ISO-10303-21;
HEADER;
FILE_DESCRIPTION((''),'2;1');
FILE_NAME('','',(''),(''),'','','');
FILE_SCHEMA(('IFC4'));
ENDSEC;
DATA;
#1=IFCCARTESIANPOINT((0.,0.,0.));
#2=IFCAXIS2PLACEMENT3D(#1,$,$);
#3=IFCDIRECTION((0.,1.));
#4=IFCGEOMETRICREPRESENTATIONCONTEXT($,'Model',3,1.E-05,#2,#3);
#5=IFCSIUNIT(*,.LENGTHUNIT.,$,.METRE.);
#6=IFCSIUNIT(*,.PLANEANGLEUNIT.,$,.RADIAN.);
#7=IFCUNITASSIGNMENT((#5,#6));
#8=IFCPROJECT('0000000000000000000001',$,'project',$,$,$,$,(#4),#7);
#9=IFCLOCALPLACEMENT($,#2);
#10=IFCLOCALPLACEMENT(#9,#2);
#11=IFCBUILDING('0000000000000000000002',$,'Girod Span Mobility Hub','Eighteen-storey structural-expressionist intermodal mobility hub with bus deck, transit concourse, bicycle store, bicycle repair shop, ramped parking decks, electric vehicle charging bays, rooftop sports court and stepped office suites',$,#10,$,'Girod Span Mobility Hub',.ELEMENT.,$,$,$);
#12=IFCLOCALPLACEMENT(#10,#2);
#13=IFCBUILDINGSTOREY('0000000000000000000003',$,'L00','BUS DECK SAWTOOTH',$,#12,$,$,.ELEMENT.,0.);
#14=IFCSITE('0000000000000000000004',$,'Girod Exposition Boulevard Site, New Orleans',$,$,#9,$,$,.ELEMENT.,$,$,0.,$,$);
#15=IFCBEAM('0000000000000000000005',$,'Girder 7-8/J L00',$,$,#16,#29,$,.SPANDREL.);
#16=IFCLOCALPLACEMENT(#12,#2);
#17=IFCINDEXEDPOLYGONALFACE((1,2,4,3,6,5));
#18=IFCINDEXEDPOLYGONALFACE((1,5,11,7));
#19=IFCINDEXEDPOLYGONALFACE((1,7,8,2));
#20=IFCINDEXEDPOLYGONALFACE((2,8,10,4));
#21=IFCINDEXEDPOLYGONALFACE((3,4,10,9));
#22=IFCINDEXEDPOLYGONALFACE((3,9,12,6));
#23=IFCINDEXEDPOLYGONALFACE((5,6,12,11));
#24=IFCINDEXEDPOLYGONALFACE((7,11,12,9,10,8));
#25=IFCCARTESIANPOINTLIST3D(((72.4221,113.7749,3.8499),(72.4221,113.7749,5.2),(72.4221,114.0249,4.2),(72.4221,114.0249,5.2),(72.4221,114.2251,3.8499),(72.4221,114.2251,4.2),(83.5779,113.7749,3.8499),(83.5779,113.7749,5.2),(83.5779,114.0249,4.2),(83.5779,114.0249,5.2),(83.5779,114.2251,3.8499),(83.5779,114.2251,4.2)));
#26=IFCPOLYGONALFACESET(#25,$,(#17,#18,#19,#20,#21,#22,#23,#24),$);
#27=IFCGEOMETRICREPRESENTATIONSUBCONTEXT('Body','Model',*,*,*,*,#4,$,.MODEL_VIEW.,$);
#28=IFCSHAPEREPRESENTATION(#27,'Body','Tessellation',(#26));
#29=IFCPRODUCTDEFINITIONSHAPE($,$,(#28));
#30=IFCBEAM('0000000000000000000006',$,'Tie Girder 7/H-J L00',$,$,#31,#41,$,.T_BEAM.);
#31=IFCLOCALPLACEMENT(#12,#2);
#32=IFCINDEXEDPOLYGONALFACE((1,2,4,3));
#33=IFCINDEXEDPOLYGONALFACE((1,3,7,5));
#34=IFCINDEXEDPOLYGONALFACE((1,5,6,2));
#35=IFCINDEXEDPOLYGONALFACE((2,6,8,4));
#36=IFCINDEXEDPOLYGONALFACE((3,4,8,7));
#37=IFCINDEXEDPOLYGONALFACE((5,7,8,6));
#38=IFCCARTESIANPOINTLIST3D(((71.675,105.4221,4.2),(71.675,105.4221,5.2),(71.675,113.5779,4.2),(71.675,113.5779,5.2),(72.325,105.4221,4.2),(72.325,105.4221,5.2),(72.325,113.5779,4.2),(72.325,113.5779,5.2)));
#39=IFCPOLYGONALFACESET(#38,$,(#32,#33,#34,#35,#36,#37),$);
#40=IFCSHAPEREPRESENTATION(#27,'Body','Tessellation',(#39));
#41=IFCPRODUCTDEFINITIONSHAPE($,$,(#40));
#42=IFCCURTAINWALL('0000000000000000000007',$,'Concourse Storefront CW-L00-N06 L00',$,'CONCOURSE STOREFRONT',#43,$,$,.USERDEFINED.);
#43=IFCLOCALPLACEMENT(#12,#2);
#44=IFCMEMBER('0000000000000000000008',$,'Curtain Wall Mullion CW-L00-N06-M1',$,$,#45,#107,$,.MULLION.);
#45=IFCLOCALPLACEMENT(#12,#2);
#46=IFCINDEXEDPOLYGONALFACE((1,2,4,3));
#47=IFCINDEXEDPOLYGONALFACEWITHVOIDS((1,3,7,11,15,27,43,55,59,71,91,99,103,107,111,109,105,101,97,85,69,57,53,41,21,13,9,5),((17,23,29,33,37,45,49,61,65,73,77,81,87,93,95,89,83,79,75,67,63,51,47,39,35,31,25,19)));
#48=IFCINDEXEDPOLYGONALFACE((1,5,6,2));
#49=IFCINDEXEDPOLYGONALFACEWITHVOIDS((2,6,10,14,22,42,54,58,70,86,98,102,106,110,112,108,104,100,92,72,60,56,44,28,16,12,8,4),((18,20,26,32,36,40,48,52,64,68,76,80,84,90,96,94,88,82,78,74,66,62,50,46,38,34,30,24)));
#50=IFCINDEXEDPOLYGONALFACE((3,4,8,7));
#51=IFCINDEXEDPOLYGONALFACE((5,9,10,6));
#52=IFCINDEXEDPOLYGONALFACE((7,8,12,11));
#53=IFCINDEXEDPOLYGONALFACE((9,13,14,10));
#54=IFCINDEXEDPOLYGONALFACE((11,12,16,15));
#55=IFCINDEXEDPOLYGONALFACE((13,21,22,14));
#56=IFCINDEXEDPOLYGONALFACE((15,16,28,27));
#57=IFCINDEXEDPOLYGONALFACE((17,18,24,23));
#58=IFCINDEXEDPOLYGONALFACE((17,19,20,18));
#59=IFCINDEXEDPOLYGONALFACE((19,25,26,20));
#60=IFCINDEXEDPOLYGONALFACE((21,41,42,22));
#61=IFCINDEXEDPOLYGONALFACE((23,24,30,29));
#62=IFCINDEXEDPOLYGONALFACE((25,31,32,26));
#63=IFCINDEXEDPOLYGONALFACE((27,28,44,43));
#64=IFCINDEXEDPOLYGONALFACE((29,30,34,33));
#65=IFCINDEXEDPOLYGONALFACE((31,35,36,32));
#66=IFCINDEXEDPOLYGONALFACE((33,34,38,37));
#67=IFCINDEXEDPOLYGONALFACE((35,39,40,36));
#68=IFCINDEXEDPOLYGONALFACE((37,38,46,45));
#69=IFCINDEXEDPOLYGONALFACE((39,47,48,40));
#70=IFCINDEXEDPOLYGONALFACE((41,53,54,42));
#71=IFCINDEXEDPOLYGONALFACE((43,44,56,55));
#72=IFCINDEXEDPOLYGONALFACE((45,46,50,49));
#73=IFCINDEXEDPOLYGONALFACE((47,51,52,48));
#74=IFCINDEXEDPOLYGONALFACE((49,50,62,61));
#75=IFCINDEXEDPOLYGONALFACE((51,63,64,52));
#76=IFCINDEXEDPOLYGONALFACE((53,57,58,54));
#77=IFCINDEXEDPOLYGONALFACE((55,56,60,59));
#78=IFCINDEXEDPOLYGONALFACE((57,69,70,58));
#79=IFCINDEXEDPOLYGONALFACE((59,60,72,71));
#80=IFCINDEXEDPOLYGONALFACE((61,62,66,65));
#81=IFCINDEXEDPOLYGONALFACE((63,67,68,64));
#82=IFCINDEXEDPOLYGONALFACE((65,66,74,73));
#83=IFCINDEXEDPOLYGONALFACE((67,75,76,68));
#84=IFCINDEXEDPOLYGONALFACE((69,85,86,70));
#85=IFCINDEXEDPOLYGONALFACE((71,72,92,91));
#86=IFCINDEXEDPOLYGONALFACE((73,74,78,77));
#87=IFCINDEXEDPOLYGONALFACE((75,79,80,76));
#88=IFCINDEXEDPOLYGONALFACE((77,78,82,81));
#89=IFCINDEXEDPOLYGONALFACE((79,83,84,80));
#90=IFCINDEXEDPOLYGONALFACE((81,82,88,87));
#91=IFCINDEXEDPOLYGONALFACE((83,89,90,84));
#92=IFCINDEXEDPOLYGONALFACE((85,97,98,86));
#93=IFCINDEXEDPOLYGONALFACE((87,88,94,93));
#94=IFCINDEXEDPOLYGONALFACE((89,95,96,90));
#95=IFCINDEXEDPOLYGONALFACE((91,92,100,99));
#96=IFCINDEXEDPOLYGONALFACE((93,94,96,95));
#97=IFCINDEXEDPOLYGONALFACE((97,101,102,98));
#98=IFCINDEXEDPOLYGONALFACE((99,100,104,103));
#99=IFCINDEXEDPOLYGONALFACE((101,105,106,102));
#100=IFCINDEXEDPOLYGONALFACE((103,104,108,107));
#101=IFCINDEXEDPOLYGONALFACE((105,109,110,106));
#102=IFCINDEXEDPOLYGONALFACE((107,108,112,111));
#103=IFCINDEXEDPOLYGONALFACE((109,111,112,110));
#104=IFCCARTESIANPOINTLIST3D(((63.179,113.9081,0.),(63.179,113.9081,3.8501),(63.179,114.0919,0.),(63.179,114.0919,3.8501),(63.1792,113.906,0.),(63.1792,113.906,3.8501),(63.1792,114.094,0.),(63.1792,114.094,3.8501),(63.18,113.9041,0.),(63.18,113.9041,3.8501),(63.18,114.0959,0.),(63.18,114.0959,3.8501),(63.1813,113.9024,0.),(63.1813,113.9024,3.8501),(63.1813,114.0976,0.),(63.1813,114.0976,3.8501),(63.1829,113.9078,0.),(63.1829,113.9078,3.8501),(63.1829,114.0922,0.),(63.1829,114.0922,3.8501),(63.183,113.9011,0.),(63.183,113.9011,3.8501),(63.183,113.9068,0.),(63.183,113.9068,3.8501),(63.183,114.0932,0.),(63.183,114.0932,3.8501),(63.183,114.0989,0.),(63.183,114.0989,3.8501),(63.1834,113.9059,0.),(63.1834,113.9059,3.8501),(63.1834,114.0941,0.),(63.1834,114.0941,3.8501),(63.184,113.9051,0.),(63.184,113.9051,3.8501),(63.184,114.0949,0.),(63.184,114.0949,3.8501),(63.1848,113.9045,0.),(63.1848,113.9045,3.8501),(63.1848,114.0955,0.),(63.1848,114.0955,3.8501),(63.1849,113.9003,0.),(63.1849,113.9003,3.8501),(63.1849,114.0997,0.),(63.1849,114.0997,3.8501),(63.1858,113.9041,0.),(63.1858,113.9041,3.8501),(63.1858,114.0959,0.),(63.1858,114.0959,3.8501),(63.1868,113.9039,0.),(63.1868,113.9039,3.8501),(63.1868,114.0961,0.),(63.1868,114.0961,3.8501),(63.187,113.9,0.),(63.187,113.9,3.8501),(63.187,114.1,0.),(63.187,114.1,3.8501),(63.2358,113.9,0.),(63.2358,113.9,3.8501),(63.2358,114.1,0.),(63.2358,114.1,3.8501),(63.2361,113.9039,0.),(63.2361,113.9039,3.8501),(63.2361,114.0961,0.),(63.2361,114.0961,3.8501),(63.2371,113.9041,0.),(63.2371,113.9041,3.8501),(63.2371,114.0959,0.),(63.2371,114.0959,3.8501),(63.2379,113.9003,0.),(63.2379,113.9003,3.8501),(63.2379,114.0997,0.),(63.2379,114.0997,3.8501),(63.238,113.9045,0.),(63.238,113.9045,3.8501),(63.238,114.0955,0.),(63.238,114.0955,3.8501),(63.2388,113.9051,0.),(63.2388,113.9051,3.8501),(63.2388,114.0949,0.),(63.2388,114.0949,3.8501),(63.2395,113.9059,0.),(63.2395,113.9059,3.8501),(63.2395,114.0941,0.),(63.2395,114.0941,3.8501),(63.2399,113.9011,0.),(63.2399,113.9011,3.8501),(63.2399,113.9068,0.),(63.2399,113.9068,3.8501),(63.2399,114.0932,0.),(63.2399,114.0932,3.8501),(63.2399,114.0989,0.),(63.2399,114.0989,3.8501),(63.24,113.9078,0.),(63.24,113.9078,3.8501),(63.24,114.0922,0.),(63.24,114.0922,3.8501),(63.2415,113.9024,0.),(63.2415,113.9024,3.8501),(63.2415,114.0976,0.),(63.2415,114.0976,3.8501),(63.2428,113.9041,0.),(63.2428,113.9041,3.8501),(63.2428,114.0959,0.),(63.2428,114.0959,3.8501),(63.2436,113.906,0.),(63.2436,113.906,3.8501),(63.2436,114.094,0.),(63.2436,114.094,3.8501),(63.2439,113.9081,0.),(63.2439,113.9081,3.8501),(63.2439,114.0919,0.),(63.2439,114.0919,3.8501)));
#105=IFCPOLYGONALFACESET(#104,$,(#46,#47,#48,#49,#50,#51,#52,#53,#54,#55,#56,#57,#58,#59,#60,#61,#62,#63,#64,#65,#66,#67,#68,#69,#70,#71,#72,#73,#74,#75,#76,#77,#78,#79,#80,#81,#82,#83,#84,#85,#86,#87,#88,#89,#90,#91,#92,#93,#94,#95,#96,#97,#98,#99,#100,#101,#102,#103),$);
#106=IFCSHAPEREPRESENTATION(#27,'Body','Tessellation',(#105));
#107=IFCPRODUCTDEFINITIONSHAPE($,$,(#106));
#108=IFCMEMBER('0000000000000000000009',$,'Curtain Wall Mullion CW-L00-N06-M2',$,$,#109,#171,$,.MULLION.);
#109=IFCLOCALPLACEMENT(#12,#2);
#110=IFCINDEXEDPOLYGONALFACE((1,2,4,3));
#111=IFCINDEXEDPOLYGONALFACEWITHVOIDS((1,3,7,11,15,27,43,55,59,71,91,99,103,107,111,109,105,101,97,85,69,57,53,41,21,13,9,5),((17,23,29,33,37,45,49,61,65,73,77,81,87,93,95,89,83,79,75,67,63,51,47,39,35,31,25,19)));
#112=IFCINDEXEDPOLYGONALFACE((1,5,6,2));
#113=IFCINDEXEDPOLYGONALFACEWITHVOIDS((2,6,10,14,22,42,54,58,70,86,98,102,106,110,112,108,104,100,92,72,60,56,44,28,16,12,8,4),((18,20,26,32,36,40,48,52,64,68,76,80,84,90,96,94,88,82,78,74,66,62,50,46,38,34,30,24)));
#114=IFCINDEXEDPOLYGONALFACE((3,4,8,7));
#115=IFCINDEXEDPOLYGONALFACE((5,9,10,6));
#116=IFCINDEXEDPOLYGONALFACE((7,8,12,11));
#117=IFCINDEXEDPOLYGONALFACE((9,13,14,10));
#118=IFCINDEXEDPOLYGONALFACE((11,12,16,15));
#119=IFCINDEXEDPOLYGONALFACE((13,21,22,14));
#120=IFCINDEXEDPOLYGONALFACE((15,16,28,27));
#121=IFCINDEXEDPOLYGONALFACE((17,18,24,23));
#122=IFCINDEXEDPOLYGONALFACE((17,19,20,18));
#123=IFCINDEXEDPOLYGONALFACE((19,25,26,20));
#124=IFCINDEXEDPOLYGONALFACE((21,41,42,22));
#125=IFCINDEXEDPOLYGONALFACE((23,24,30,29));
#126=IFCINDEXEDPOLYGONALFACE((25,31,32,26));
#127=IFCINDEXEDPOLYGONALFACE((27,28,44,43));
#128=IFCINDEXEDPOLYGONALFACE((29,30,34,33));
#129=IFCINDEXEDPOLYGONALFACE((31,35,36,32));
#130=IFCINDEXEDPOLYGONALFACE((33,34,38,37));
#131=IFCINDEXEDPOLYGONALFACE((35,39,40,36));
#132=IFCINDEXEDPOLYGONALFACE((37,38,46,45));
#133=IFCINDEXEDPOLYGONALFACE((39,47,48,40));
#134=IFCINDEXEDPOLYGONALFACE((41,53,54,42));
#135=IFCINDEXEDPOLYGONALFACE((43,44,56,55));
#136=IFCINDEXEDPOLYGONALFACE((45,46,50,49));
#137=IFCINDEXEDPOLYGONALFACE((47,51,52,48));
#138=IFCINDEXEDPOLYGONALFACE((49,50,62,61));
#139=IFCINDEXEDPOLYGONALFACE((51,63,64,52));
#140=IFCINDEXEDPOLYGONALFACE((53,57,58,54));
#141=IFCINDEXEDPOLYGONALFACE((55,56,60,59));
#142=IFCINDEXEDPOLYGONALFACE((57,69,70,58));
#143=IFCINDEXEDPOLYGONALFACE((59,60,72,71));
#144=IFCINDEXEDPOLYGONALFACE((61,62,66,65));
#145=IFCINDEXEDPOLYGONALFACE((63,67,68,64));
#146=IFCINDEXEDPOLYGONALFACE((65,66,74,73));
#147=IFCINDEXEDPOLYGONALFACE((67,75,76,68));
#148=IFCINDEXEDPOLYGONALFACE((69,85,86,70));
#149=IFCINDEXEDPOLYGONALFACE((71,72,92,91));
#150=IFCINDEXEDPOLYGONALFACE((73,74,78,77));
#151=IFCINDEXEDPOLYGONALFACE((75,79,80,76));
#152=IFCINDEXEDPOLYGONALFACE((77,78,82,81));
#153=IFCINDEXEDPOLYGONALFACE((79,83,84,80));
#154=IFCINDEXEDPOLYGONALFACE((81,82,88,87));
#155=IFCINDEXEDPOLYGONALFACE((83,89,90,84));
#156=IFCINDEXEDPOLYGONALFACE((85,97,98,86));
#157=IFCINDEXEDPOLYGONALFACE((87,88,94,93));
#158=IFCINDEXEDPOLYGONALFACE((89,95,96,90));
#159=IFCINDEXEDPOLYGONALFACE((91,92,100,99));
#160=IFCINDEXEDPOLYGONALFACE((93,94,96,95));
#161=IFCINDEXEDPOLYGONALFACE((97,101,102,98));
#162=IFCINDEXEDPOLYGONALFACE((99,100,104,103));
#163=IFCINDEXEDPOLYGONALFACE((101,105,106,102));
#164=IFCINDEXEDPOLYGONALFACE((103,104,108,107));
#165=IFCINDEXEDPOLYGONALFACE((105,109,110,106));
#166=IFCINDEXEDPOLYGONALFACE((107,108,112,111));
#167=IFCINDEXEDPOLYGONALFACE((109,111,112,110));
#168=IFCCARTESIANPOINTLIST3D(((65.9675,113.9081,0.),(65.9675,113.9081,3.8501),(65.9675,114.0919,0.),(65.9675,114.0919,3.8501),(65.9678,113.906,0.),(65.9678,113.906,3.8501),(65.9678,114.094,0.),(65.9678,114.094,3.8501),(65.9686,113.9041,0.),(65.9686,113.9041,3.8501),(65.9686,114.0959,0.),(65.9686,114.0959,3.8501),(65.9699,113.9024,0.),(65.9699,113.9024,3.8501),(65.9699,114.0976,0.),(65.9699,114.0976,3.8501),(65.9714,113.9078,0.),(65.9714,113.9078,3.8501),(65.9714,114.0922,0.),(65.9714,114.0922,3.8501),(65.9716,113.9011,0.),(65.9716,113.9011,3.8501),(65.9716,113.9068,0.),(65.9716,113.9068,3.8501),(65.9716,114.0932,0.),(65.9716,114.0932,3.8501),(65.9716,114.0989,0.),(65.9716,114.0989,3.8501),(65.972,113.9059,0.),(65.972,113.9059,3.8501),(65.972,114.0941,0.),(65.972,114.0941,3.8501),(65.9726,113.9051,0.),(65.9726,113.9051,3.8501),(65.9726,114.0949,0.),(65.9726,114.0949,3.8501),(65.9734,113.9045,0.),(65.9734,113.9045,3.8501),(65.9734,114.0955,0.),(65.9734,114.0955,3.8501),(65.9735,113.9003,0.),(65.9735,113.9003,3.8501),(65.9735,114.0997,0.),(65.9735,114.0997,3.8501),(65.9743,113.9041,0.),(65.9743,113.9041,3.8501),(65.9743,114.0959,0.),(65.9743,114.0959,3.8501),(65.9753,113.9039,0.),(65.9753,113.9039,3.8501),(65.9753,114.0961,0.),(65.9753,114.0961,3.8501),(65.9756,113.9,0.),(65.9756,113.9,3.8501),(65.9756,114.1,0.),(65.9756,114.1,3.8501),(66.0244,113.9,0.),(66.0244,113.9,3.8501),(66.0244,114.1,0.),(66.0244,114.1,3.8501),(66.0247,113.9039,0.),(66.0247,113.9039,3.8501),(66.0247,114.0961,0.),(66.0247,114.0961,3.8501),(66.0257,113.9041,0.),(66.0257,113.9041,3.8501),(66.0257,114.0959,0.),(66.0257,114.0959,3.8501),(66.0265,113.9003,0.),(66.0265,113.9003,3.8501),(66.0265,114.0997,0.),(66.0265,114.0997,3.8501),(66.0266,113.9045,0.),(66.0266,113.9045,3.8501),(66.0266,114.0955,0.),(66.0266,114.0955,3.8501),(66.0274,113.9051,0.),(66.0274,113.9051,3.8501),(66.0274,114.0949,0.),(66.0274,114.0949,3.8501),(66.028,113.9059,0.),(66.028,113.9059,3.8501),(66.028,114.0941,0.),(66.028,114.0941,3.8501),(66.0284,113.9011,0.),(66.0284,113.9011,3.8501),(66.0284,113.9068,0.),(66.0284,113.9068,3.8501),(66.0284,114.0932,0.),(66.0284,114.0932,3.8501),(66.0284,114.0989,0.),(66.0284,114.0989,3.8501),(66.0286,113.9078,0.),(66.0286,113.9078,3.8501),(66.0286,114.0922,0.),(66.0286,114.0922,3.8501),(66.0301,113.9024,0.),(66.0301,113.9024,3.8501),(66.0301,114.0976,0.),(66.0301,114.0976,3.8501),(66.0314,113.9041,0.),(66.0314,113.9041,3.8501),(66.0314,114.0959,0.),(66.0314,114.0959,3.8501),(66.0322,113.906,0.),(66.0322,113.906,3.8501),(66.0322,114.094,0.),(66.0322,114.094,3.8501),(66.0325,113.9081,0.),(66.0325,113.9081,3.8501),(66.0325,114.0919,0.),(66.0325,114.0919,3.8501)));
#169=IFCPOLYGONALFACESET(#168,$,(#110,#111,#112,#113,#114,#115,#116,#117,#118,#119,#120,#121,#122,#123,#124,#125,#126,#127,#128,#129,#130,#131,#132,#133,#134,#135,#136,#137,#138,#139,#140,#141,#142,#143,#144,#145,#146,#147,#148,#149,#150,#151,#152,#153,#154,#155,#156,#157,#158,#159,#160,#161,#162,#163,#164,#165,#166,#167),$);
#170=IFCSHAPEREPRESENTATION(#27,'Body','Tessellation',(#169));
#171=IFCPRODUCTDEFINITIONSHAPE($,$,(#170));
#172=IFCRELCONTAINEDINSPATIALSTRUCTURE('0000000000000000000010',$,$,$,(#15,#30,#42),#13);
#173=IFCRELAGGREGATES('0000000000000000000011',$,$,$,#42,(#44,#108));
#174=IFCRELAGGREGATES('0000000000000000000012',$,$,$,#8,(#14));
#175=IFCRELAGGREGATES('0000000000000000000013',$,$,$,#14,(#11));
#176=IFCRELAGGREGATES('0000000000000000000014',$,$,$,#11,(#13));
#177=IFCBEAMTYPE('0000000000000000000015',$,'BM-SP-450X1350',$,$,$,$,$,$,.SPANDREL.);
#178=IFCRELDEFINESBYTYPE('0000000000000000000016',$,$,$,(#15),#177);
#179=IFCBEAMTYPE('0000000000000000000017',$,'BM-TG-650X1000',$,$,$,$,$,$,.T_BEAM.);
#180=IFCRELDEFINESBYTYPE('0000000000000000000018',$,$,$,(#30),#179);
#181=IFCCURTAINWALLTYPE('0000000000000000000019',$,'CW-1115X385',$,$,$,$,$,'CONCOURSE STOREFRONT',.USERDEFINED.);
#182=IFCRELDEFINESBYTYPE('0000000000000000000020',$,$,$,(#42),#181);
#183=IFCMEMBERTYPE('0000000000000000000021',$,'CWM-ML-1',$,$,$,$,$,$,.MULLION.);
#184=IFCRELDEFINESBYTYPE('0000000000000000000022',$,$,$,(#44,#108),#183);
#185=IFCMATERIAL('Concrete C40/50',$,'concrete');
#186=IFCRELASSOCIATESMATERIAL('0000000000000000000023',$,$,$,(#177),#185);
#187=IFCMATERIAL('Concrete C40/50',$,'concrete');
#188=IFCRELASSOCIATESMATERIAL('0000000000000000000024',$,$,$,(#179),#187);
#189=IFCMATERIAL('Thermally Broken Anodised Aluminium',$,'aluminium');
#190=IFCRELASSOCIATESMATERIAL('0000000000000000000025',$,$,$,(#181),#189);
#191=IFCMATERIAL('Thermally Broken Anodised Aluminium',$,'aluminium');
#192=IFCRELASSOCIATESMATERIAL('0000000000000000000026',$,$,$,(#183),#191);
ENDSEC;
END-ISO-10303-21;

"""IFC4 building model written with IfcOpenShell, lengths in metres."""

from ifc_helpers import new_model, si_unit, direction, frame, origin, origin_2d, place, context, subcontext, project, spatial, polyline, rectangle, hollow_rectangle, outline, extrude, material, material_profile, profile_set, type_object, element, aggregate, save


model = new_model("IFC4")

# Units and contexts
model_context = context("Model", 3, precision=1e-05, world=origin(), true_north=direction((0.0, 1.0)))
body_context = subcontext(model_context, "Body", "Model", "MODEL_VIEW")
ifc_project = project(units=[si_unit("LENGTHUNIT", "METRE"), si_unit("PLANEANGLEUNIT", "RADIAN")], contexts=[model_context])

# Site, building, storey
site_placement = place(None, origin())
site = spatial("IfcSite", under=ifc_project, at=site_placement, Name="Girod Exposition Boulevard Site, New Orleans", CompositionType="ELEMENT", RefElevation=0.0)
building_placement = place(site_placement, origin())
building = spatial("IfcBuilding", under=site, at=building_placement, Name="Girod Span Mobility Hub", Description="Eighteen-storey structural-expressionist intermodal mobility hub with bus deck, transit concourse, bicycle store, bicycle repair shop, ramped parking decks, electric vehicle charging bays, rooftop sports court and stepped office suites", LongName="Girod Span Mobility Hub", CompositionType="ELEMENT")
storey_placement = place(building_placement, origin())
storey = spatial("IfcBuildingStorey", under=building, at=storey_placement, Name="L00", Description="BUS DECK SAWTOOTH", CompositionType="ELEMENT", Elevation=0.0)

# Beams
ifc_material_1 = material(Name="Concrete C40/50", Category="concrete")
ifc_material_profile_1 = material_profile(ifc_material_1, outline(polyline([(-0.2251, -0.675), (0.2251, -0.675), (0.2251, -0.325), (0.0249, -0.325), (0.0249, 0.675), (-0.2251, 0.675), (-0.2251, -0.675)])), Name="SP-450X1350")
ifc_profile_set_1 = profile_set([ifc_material_profile_1], Name="Concrete C40/50")
beam_type_1 = type_object("IfcBeamType", Name="BM-SP-450X1350", PredefinedType="SPANDREL", material=ifc_profile_set_1)
beam_1_placement = place(storey_placement, frame((72.4221, 114.0, 4.5249), z_axis=(1.0, 0.0, 0.0), x_axis=(0.0, 1.0, 0.0)))
element("IfcBeam", 1, at=beam_1_placement, inside=storey, type_object=beam_type_1, Name="Girder 7-8/J L00", PredefinedType="SPANDREL", context=body_context, shape_type="SweptSolid", body=[
    extrude(outline(polyline([(-0.2251, -0.675), (0.2251, -0.675), (0.2251, -0.325), (0.0249, -0.325), (0.0249, 0.675), (-0.2251, 0.675), (-0.2251, -0.675)])), origin(), (0.0, 0.0, 1.0), 11.1558),
])
ifc_material_2 = material(Name="Concrete C40/50", Category="concrete")
ifc_material_profile_2 = material_profile(ifc_material_2, rectangle(XDim=0.6499, YDim=1.0, at=origin_2d()), Name="TG-650X1000")
ifc_profile_set_2 = profile_set([ifc_material_profile_2], Name="Concrete C40/50")
beam_type_2 = type_object("IfcBeamType", Name="BM-TG-650X1000", PredefinedType="T_BEAM", material=ifc_profile_set_2)
beam_2_placement = place(storey_placement, frame((72.0, 105.4221, 4.7), z_axis=(0.0, 1.0, 0.0), x_axis=(-1.0, 0.0, 0.0)))
element("IfcBeam", 2, at=beam_2_placement, inside=storey, type_object=beam_type_2, Name="Tie Girder 7/H-J L00", PredefinedType="T_BEAM", context=body_context, shape_type="SweptSolid", body=[
    extrude(rectangle(XDim=0.6499, YDim=1.0, at=origin_2d()), origin(), (0.0, 0.0, 1.0), 8.1558),
])

# Curtain wall, members
ifc_material_3 = material(Name="Thermally Broken Anodised Aluminium", Category="aluminium")
curtain_wall_type = type_object("IfcCurtainWallType", Name="CW-1115X385", ElementType="CONCOURSE STOREFRONT", PredefinedType="USERDEFINED", material=ifc_material_3)
curtain_wall_placement = place(storey_placement, origin())
curtain_wall = element("IfcCurtainWall", 3, at=curtain_wall_placement, inside=storey, type_object=curtain_wall_type, Name="Concourse Storefront CW-L00-N06 L00", ObjectType="CONCOURSE STOREFRONT", PredefinedType="USERDEFINED")
ifc_material_4 = material(Name="Thermally Broken Anodised Aluminium", Category="aluminium")
ifc_material_profile_3 = material_profile(ifc_material_4, hollow_rectangle(XDim=0.2, YDim=0.0649, WallThickness=0.0039, InnerFilletRadius=0.0039, OuterFilletRadius=0.0081, at=origin_2d()), Name="CW-ML-65X200")
ifc_profile_set_3 = profile_set([ifc_material_profile_3], Name="Thermally Broken Anodised Aluminium")
member_type = type_object("IfcMemberType", Name="CWM-ML-1", PredefinedType="MULLION", material=ifc_profile_set_3)
member_1_placement = place(storey_placement, frame((63.2114, 114.0, 0.0), z_axis=(0.0, 0.0, 1.0), x_axis=(0.0, 1.0, 0.0)))
member_1 = element("IfcMember", 4, at=member_1_placement, type_object=member_type, Name="Curtain Wall Mullion CW-L00-N06-M1", PredefinedType="MULLION", context=body_context, shape_type="SweptSolid", body=[
    extrude(hollow_rectangle(XDim=0.2, YDim=0.0649, WallThickness=0.0039, InnerFilletRadius=0.0039, OuterFilletRadius=0.0081, at=origin_2d()), origin(), (0.0, 0.0, 1.0), 3.8501),
])
member_2_placement = place(storey_placement, frame((66.0, 114.0, 0.0), z_axis=(0.0, 0.0, 1.0), x_axis=(0.0, 1.0, 0.0)))
member_2 = element("IfcMember", 5, at=member_2_placement, type_object=member_type, Name="Curtain Wall Mullion CW-L00-N06-M2", PredefinedType="MULLION", context=body_context, shape_type="SweptSolid", body=[
    extrude(hollow_rectangle(XDim=0.2, YDim=0.0649, WallThickness=0.0039, InnerFilletRadius=0.0039, OuterFilletRadius=0.0081, at=origin_2d()), origin(), (0.0, 0.0, 1.0), 3.8501),
])
aggregate(curtain_wall, [member_1, member_2])

save(model, "model.ifc")
